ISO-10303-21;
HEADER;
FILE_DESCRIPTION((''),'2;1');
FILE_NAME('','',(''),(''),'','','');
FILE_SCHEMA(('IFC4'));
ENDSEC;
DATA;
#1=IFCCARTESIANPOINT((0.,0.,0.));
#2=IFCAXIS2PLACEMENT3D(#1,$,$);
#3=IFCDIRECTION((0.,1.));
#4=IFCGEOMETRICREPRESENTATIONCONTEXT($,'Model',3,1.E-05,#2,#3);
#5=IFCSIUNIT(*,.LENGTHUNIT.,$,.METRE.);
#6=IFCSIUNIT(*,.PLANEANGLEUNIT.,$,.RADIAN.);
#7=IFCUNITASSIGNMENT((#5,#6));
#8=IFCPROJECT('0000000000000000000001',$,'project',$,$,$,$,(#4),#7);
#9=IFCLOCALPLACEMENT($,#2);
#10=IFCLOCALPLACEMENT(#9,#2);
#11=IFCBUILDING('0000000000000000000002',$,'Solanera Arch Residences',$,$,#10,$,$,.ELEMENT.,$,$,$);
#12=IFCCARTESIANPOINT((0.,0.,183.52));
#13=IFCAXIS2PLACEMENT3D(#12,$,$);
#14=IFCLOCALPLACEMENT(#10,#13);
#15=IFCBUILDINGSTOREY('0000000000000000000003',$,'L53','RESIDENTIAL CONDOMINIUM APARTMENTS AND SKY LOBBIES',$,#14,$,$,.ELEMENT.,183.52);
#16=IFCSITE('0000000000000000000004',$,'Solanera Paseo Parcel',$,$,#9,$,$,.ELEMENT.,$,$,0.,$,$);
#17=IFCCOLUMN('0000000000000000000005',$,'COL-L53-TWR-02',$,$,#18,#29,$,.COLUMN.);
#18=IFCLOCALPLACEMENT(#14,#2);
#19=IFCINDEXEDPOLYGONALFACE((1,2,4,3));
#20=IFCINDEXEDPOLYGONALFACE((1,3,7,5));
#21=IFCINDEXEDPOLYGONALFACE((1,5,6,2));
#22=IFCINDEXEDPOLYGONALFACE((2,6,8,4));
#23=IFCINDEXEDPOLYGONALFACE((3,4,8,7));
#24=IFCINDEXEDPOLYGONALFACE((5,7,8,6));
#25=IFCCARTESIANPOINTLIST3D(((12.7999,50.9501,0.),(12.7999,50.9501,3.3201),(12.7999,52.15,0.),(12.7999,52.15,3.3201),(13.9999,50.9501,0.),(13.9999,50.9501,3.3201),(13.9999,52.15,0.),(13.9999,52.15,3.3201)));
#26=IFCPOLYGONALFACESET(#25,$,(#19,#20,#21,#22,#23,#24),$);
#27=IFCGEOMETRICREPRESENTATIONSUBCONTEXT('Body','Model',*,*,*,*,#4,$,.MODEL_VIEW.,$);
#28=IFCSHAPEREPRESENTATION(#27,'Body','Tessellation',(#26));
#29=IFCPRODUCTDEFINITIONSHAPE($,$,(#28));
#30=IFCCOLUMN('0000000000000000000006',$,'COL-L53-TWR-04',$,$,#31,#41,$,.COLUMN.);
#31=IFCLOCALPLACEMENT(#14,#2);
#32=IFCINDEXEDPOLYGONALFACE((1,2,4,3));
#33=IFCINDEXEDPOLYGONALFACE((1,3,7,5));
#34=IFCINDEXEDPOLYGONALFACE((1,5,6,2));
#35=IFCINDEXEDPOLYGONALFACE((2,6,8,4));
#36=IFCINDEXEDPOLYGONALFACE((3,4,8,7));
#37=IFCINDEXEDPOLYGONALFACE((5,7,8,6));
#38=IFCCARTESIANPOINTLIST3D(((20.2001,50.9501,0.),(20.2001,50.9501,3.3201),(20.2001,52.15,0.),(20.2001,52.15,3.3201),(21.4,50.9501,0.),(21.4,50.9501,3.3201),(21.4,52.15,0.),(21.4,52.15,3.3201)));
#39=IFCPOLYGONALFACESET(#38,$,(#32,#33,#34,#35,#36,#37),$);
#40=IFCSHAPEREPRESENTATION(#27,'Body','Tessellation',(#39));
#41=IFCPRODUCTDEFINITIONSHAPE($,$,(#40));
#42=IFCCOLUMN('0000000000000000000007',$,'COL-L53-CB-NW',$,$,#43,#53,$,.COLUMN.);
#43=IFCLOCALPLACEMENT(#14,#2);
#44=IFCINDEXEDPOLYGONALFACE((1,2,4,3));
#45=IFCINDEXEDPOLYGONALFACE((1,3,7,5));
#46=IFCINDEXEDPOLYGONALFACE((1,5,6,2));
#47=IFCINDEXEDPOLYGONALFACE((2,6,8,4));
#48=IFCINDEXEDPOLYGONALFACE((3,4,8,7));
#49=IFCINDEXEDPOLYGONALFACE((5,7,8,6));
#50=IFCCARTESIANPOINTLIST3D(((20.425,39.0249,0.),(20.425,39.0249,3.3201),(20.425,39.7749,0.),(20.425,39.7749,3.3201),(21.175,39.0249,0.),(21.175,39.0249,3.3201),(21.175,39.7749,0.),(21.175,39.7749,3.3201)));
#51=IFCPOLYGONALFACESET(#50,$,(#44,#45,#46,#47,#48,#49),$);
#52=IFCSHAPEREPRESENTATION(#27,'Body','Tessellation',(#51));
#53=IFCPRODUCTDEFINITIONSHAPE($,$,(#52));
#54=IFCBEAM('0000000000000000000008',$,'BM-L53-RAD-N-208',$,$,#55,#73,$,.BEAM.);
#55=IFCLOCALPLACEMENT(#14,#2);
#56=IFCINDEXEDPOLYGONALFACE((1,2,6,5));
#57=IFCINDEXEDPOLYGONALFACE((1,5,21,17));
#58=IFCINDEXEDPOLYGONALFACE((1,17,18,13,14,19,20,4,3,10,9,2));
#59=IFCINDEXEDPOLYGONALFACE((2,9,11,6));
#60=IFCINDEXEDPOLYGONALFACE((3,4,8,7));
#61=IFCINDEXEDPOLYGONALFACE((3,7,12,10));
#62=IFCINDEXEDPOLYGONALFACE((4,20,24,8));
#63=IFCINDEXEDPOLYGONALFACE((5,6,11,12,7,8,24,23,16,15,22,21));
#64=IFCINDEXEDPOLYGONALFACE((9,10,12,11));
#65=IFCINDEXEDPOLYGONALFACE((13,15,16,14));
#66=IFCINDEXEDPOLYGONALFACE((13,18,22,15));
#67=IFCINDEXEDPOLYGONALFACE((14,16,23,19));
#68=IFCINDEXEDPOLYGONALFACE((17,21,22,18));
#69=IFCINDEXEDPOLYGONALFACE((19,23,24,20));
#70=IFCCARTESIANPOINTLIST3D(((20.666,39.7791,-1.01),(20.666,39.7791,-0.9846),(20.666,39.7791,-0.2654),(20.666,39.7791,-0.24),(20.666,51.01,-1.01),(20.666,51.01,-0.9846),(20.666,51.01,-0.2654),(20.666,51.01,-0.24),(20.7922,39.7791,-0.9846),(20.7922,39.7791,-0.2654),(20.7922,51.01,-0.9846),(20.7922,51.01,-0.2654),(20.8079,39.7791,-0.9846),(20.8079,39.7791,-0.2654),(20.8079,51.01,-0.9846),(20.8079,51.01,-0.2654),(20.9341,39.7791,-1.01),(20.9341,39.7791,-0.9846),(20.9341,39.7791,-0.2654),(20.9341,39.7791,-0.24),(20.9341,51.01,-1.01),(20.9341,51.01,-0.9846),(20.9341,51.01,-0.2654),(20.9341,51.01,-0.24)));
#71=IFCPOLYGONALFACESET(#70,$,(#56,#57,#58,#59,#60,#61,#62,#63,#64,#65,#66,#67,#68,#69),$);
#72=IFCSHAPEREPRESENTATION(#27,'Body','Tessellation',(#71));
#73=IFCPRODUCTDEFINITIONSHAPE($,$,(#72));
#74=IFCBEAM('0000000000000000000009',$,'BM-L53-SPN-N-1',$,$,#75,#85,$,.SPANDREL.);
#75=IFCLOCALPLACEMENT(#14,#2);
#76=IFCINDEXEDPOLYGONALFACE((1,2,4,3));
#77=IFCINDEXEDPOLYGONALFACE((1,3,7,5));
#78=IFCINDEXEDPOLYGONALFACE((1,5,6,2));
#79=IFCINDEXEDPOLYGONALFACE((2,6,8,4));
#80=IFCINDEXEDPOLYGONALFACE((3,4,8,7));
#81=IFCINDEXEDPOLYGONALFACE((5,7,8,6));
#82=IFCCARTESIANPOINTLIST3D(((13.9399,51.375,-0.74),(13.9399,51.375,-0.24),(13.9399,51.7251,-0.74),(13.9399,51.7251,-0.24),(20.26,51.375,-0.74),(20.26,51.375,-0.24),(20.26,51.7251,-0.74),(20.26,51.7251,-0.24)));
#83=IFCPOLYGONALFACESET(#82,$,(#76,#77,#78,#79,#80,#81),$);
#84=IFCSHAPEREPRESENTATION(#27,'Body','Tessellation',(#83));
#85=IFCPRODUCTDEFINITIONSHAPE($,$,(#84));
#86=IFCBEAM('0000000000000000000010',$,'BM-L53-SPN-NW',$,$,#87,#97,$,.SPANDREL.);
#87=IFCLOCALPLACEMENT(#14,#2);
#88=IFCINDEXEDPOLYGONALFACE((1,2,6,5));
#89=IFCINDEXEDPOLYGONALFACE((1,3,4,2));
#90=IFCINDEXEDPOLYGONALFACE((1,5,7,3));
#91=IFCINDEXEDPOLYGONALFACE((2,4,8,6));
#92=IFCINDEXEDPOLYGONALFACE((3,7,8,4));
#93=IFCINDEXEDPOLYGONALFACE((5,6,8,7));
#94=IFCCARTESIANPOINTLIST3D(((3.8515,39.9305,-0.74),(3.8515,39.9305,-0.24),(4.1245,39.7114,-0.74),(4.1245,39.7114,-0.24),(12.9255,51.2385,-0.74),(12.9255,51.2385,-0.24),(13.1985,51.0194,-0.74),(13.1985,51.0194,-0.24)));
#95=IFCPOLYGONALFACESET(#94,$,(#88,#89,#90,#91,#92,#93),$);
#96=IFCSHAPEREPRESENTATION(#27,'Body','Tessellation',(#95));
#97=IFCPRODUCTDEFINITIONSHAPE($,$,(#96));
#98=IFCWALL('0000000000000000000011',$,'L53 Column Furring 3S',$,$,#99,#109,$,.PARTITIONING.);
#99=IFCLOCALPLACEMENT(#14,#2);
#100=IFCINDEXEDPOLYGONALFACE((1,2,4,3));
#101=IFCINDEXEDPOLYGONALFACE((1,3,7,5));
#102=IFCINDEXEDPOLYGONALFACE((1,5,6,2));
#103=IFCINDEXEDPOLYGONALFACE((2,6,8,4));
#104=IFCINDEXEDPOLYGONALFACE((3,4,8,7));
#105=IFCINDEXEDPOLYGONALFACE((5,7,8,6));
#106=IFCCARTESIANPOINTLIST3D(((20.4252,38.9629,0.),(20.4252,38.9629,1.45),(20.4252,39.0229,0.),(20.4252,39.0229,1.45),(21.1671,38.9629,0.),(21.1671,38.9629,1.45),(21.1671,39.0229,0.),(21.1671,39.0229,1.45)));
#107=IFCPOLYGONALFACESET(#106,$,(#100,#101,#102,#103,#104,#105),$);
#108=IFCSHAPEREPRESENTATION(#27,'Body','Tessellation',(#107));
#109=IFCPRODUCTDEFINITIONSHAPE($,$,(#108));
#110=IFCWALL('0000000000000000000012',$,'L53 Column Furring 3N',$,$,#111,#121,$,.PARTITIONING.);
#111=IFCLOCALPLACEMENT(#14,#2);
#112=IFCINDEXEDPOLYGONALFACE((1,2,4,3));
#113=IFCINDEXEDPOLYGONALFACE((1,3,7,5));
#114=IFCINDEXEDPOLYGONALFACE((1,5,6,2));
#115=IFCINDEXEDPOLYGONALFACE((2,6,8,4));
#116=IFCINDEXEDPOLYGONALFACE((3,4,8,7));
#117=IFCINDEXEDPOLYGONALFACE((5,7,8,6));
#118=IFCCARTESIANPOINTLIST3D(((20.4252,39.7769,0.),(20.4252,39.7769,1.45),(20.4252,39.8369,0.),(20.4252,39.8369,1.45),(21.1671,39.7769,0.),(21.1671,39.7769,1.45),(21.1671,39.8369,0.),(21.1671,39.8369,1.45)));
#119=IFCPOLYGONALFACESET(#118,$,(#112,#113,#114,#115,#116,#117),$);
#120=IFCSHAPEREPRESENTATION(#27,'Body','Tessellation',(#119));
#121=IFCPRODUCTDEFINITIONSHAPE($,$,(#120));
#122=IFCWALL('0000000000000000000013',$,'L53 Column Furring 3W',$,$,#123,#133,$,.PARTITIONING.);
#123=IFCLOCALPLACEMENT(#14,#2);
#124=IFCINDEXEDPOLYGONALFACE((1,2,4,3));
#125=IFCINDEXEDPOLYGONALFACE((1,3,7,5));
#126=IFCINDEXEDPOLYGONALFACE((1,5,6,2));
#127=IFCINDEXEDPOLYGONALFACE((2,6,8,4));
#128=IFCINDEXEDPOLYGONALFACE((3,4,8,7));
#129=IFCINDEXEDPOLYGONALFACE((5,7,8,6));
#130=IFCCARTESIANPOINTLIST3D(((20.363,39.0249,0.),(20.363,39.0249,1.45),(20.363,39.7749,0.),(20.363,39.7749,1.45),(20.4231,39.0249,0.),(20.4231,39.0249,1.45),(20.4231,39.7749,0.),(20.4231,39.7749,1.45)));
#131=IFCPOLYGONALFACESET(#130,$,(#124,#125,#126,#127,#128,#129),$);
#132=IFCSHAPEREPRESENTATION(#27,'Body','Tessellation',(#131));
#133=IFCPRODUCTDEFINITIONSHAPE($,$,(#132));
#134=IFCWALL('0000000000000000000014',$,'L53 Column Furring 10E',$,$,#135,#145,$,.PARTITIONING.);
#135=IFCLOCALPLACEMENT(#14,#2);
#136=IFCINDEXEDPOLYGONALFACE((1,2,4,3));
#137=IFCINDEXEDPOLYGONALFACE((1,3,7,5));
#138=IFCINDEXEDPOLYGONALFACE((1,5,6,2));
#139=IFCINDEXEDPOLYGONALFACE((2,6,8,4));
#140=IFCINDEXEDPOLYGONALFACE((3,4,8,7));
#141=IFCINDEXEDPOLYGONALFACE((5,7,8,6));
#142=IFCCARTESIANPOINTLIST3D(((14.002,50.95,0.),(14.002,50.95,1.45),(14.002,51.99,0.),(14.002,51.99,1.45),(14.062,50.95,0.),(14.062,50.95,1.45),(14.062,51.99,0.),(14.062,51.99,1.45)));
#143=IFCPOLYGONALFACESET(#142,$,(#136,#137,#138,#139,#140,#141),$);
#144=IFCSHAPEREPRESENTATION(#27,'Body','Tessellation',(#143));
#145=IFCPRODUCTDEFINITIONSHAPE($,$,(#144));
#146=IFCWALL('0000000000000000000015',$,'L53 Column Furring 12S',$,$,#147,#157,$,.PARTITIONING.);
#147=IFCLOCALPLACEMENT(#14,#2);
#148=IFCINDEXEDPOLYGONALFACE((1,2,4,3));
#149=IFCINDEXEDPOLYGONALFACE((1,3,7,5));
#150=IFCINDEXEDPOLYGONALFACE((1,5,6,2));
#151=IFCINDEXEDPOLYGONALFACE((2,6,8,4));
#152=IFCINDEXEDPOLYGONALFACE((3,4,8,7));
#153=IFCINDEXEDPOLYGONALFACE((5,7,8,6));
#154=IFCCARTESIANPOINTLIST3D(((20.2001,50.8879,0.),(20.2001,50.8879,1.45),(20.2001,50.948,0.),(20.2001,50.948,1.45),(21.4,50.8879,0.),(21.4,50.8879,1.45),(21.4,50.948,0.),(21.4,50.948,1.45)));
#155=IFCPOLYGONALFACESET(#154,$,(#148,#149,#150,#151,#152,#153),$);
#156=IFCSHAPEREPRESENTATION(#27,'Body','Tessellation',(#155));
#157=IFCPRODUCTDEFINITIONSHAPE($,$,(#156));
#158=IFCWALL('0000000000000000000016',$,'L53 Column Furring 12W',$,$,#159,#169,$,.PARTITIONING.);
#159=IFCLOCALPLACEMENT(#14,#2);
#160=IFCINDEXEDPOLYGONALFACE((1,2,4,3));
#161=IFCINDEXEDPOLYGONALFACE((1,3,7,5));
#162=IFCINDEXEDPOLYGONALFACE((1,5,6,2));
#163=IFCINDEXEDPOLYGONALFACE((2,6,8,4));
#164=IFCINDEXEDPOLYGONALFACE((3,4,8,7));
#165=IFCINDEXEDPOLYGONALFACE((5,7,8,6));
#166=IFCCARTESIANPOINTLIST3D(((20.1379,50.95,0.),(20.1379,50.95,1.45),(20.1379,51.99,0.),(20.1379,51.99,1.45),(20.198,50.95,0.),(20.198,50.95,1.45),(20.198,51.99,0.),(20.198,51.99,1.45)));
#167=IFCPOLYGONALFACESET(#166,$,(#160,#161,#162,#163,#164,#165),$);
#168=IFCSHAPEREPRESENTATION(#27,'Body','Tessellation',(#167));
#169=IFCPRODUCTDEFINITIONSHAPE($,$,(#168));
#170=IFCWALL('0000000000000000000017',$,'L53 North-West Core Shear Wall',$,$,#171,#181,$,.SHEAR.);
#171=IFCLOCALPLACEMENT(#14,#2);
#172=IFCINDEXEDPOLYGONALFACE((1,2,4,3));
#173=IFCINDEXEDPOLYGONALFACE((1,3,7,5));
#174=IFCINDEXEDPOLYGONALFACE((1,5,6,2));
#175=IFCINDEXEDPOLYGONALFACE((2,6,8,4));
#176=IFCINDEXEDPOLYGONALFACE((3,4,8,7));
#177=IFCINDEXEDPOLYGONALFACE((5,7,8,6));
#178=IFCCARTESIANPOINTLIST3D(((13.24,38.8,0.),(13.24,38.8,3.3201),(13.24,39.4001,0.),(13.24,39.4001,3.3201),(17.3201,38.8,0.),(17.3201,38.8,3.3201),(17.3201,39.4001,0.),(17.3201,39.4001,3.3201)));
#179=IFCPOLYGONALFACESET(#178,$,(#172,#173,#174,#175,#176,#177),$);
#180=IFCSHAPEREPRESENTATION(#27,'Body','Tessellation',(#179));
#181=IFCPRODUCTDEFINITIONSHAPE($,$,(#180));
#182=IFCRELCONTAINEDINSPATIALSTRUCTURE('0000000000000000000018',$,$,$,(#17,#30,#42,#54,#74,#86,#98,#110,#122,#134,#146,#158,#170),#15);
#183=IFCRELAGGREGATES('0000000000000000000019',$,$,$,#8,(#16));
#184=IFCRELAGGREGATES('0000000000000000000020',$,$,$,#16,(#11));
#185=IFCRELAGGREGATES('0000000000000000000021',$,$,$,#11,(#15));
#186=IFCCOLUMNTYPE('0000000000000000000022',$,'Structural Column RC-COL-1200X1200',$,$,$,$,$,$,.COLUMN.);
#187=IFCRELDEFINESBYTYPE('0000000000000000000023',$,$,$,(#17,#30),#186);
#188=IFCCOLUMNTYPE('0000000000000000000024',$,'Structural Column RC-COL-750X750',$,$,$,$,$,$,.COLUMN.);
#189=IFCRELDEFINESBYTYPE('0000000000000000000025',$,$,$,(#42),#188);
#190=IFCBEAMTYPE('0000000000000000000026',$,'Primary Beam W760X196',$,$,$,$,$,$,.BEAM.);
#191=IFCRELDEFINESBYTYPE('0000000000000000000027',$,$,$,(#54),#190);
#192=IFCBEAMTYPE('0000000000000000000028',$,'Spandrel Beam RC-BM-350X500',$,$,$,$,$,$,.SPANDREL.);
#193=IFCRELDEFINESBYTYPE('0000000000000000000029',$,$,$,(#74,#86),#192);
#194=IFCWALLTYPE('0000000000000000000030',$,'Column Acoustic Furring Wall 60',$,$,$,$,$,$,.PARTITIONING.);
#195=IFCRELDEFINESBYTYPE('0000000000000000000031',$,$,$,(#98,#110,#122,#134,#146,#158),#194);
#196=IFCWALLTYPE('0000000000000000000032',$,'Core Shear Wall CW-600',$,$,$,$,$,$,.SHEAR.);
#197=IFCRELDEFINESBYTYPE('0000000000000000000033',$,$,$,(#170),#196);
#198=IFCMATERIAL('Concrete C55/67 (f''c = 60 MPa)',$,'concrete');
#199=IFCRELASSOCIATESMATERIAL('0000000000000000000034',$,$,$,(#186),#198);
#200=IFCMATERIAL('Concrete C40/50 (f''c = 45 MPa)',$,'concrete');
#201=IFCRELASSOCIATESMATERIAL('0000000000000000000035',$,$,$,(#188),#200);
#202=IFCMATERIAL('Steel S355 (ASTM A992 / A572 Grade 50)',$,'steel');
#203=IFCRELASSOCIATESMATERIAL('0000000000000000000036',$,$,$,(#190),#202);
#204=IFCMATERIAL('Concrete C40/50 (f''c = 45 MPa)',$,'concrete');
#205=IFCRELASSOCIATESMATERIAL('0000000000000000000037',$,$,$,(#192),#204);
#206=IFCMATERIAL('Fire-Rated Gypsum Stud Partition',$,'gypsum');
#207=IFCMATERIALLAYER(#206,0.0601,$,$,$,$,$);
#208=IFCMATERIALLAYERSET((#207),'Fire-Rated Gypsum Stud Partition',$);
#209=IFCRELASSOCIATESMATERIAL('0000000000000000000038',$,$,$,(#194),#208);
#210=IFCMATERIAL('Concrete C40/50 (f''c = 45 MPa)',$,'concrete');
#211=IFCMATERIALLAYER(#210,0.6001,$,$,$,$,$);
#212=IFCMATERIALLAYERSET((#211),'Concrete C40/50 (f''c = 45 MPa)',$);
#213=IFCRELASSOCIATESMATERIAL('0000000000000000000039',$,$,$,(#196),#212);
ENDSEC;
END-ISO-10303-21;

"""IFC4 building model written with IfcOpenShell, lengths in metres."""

from ifc_helpers import new_model, si_unit, direction, frame, frame_2d, origin, origin_2d, place, context, subcontext, project, spatial, rectangle, i_section, extrude, material, layer, layer_set, material_profile, profile_set, type_object, element, save


model = new_model("IFC4")

# Units and contexts
model_context = context("Model", 3, precision=1e-05, world=origin(), true_north=direction((0.0, 1.0)))
body_context = subcontext(model_context, "Body", "Model", "MODEL_VIEW")
ifc_project = project(units=[si_unit("LENGTHUNIT", "METRE"), si_unit("PLANEANGLEUNIT", "RADIAN")], contexts=[model_context])

# Site, building, storey
site_placement = place(None, origin())
site = spatial("IfcSite", under=ifc_project, at=site_placement, Name="Solanera Paseo Parcel", CompositionType="ELEMENT", RefElevation=0.0)
building_placement = place(site_placement, origin())
building = spatial("IfcBuilding", under=site, at=building_placement, Name="Solanera Arch Residences", CompositionType="ELEMENT")
storey_placement = place(building_placement, frame((0.0, 0.0, 183.52)))
storey = spatial("IfcBuildingStorey", under=building, at=storey_placement, Name="L53", Description="RESIDENTIAL CONDOMINIUM APARTMENTS AND SKY LOBBIES", CompositionType="ELEMENT", Elevation=183.52)

# Columns
ifc_material_1 = material(Name="Concrete C55/67 (f'c = 60 MPa)", Category="concrete")
ifc_material_profile_1 = material_profile(ifc_material_1, rectangle(XDim=1.2, YDim=1.2, at=origin_2d()))
ifc_profile_set_1 = profile_set([ifc_material_profile_1], Name="Concrete C55/67 (f'c = 60 MPa)")
column_type_1 = type_object("IfcColumnType", Name="Structural Column RC-COL-1200X1200", PredefinedType="COLUMN", material=ifc_profile_set_1)
for number, where, z_axis, x_axis, name in (
    (1, (13.3999, 51.55, 0.0), (0.0, 0.0, 1.0), (1.0, 0.0, 0.0), "COL-L53-TWR-02"),
    (2, (20.8, 51.55, 0.0), (0.0, 0.0, 1.0), (1.0, 0.0, 0.0), "COL-L53-TWR-04"),
):
    element("IfcColumn", number, at=place(storey_placement, frame(where, z_axis=z_axis, x_axis=x_axis)), inside=storey, type_object=column_type_1, Name=name, PredefinedType="COLUMN", context=body_context, shape_type="SweptSolid", body=[
        extrude(rectangle(XDim=1.2, YDim=1.2, at=origin_2d()), origin(), (0.0, 0.0, 1.0), 3.3201),
    ])
ifc_material_2 = material(Name="Concrete C40/50 (f'c = 45 MPa)", Category="concrete")
ifc_material_profile_2 = material_profile(ifc_material_2, rectangle(XDim=0.75, YDim=0.75, at=origin_2d()))
ifc_profile_set_2 = profile_set([ifc_material_profile_2], Name="Concrete C40/50 (f'c = 45 MPa)")
column_type_2 = type_object("IfcColumnType", Name="Structural Column RC-COL-750X750", PredefinedType="COLUMN", material=ifc_profile_set_2)
column_placement = place(storey_placement, frame((20.8, 39.3999, 0.0), z_axis=(0.0, 0.0, 1.0), x_axis=(1.0, 0.0, 0.0)))
element("IfcColumn", 3, at=column_placement, inside=storey, type_object=column_type_2, Name="COL-L53-CB-NW", PredefinedType="COLUMN", context=body_context, shape_type="SweptSolid", body=[
    extrude(rectangle(XDim=0.75, YDim=0.75, at=origin_2d()), origin(), (0.0, 0.0, 1.0), 3.3201),
])

# Beams
ifc_material_3 = material(Name="Steel S355 (ASTM A992 / A572 Grade 50)", Category="steel")
ifc_material_profile_3 = material_profile(ifc_material_3, i_section(OverallWidth=0.2681, OverallDepth=0.77, WebThickness=0.0156, FlangeThickness=0.0254, at=origin_2d()))
ifc_profile_set_3 = profile_set([ifc_material_profile_3], Name="Steel S355 (ASTM A992 / A572 Grade 50)")
beam_type_1 = type_object("IfcBeamType", Name="Primary Beam W760X196", PredefinedType="BEAM", material=ifc_profile_set_3)
beam_1_placement = place(storey_placement, frame((20.8, 39.7791, -0.625), z_axis=(0.0, 1.0, 0.0), x_axis=(-1.0, 0.0, 0.0)))
element("IfcBeam", 4, at=beam_1_placement, inside=storey, type_object=beam_type_1, Name="BM-L53-RAD-N-208", PredefinedType="BEAM", context=body_context, shape_type="SweptSolid", body=[
    extrude(i_section(OverallWidth=0.2681, OverallDepth=0.77, WebThickness=0.0156, FlangeThickness=0.0254, at=origin_2d()), origin(), (0.0, 0.0, 1.0), 11.231),
])
ifc_material_4 = material(Name="Concrete C40/50 (f'c = 45 MPa)", Category="concrete")
ifc_material_profile_4 = material_profile(ifc_material_4, rectangle(XDim=0.3501, YDim=0.5, at=origin_2d()))
ifc_profile_set_4 = profile_set([ifc_material_profile_4], Name="Concrete C40/50 (f'c = 45 MPa)")
beam_type_2 = type_object("IfcBeamType", Name="Spandrel Beam RC-BM-350X500", PredefinedType="SPANDREL", material=ifc_profile_set_4)
beam_2_placement = place(storey_placement, frame((13.9399, 51.55, -0.49), z_axis=(1.0, 0.0, 0.0), x_axis=(0.0, 1.0, 0.0)))
element("IfcBeam", 5, at=beam_2_placement, inside=storey, type_object=beam_type_2, Name="BM-L53-SPN-N-1", PredefinedType="SPANDREL", context=body_context, shape_type="SweptSolid", body=[
    extrude(rectangle(XDim=0.3501, YDim=0.5, at=origin_2d()), origin(), (0.0, 0.0, 1.0), 6.3201),
])
beam_3_placement = place(storey_placement, frame((13.062, 51.1289, -0.49), z_axis=(-0.625859, -0.779936, 0.0), x_axis=(0.779936, -0.625859, 0.0)))
element("IfcBeam", 6, at=beam_3_placement, inside=storey, type_object=beam_type_2, Name="BM-L53-SPN-NW", PredefinedType="SPANDREL", context=body_context, shape_type="SweptSolid", body=[
    extrude(rectangle(XDim=0.3501, YDim=0.5, at=origin_2d()), origin(), (0.0, 0.0, 1.0), 14.4985),
])

# Walls
ifc_material_5 = material(Name="Fire-Rated Gypsum Stud Partition", Category="gypsum")
ifc_layer_1 = layer(ifc_material_5, 0.0601)
ifc_layer_set_1 = layer_set([ifc_layer_1], Name="Fire-Rated Gypsum Stud Partition")
wall_type_1 = type_object("IfcWallType", Name="Column Acoustic Furring Wall 60", PredefinedType="PARTITIONING", material=ifc_layer_set_1)
for number, where, z_axis, x_axis, name in (
    (7, (20.425, 38.9929, 0.0), (0.0, 0.0, 1.0), (1.0, 0.0, 0.0), "L53 Column Furring 3S"),
    (8, (20.425, 39.8069, 0.0), (0.0, 0.0, 1.0), (1.0, 0.0, 0.0), "L53 Column Furring 3N"),
):
    element("IfcWall", number, at=place(storey_placement, frame(where, z_axis=z_axis, x_axis=x_axis)), inside=storey, type_object=wall_type_1, Name=name, PredefinedType="PARTITIONING", context=body_context, shape_type="SweptSolid", body=[
        extrude(rectangle(XDim=0.7419, YDim=0.0601, at=frame_2d((0.3711, 0.0))), origin(), (0.0, 0.0, 1.0), 1.45),
    ])
wall_1_placement = place(storey_placement, frame((20.3931, 39.0249, 0.0), z_axis=(0.0, 0.0, 1.0), x_axis=(0.0, 1.0, 0.0)))
element("IfcWall", 9, at=wall_1_placement, inside=storey, type_object=wall_type_1, Name="L53 Column Furring 3W", PredefinedType="PARTITIONING", context=body_context, shape_type="SweptSolid", body=[
    extrude(rectangle(XDim=0.75, YDim=0.0601, at=frame_2d((0.375, 0.0))), origin(), (0.0, 0.0, 1.0), 1.45),
])
wall_2_placement = place(storey_placement, frame((14.032, 50.95, 0.0), z_axis=(0.0, 0.0, 1.0), x_axis=(0.0, 1.0, 0.0)))
element("IfcWall", 10, at=wall_2_placement, inside=storey, type_object=wall_type_1, Name="L53 Column Furring 10E", PredefinedType="PARTITIONING", context=body_context, shape_type="SweptSolid", body=[
    extrude(rectangle(XDim=1.04, YDim=0.0601, at=frame_2d((0.52, 0.0))), origin(), (0.0, 0.0, 1.0), 1.45),
])
wall_3_placement = place(storey_placement, frame((20.2, 50.918, 0.0), z_axis=(0.0, 0.0, 1.0), x_axis=(1.0, 0.0, 0.0)))
element("IfcWall", 11, at=wall_3_placement, inside=storey, type_object=wall_type_1, Name="L53 Column Furring 12S", PredefinedType="PARTITIONING", context=body_context, shape_type="SweptSolid", body=[
    extrude(rectangle(XDim=1.2, YDim=0.0601, at=frame_2d((0.6001, 0.0))), origin(), (0.0, 0.0, 1.0), 1.45),
])
wall_4_placement = place(storey_placement, frame((20.168, 50.95, 0.0), z_axis=(0.0, 0.0, 1.0), x_axis=(0.0, 1.0, 0.0)))
element("IfcWall", 12, at=wall_4_placement, inside=storey, type_object=wall_type_1, Name="L53 Column Furring 12W", PredefinedType="PARTITIONING", context=body_context, shape_type="SweptSolid", body=[
    extrude(rectangle(XDim=1.04, YDim=0.0601, at=frame_2d((0.52, 0.0))), origin(), (0.0, 0.0, 1.0), 1.45),
])
ifc_material_6 = material(Name="Concrete C40/50 (f'c = 45 MPa)", Category="concrete")
ifc_layer_2 = layer(ifc_material_6, 0.6001)
ifc_layer_set_2 = layer_set([ifc_layer_2], Name="Concrete C40/50 (f'c = 45 MPa)")
wall_type_2 = type_object("IfcWallType", Name="Core Shear Wall CW-600", PredefinedType="SHEAR", material=ifc_layer_set_2)
wall_5_placement = place(storey_placement, frame((13.24, 39.1001, 0.0), z_axis=(0.0, 0.0, 1.0), x_axis=(1.0, 0.0, 0.0)))
element("IfcWall", 13, at=wall_5_placement, inside=storey, type_object=wall_type_2, Name="L53 North-West Core Shear Wall", PredefinedType="SHEAR", context=body_context, shape_type="SweptSolid", body=[
    extrude(rectangle(XDim=4.0801, YDim=0.6001, at=frame_2d((2.04, 0.0))), origin(), (0.0, 0.0, 1.0), 3.3201),
])

save(model, "model.ifc")
